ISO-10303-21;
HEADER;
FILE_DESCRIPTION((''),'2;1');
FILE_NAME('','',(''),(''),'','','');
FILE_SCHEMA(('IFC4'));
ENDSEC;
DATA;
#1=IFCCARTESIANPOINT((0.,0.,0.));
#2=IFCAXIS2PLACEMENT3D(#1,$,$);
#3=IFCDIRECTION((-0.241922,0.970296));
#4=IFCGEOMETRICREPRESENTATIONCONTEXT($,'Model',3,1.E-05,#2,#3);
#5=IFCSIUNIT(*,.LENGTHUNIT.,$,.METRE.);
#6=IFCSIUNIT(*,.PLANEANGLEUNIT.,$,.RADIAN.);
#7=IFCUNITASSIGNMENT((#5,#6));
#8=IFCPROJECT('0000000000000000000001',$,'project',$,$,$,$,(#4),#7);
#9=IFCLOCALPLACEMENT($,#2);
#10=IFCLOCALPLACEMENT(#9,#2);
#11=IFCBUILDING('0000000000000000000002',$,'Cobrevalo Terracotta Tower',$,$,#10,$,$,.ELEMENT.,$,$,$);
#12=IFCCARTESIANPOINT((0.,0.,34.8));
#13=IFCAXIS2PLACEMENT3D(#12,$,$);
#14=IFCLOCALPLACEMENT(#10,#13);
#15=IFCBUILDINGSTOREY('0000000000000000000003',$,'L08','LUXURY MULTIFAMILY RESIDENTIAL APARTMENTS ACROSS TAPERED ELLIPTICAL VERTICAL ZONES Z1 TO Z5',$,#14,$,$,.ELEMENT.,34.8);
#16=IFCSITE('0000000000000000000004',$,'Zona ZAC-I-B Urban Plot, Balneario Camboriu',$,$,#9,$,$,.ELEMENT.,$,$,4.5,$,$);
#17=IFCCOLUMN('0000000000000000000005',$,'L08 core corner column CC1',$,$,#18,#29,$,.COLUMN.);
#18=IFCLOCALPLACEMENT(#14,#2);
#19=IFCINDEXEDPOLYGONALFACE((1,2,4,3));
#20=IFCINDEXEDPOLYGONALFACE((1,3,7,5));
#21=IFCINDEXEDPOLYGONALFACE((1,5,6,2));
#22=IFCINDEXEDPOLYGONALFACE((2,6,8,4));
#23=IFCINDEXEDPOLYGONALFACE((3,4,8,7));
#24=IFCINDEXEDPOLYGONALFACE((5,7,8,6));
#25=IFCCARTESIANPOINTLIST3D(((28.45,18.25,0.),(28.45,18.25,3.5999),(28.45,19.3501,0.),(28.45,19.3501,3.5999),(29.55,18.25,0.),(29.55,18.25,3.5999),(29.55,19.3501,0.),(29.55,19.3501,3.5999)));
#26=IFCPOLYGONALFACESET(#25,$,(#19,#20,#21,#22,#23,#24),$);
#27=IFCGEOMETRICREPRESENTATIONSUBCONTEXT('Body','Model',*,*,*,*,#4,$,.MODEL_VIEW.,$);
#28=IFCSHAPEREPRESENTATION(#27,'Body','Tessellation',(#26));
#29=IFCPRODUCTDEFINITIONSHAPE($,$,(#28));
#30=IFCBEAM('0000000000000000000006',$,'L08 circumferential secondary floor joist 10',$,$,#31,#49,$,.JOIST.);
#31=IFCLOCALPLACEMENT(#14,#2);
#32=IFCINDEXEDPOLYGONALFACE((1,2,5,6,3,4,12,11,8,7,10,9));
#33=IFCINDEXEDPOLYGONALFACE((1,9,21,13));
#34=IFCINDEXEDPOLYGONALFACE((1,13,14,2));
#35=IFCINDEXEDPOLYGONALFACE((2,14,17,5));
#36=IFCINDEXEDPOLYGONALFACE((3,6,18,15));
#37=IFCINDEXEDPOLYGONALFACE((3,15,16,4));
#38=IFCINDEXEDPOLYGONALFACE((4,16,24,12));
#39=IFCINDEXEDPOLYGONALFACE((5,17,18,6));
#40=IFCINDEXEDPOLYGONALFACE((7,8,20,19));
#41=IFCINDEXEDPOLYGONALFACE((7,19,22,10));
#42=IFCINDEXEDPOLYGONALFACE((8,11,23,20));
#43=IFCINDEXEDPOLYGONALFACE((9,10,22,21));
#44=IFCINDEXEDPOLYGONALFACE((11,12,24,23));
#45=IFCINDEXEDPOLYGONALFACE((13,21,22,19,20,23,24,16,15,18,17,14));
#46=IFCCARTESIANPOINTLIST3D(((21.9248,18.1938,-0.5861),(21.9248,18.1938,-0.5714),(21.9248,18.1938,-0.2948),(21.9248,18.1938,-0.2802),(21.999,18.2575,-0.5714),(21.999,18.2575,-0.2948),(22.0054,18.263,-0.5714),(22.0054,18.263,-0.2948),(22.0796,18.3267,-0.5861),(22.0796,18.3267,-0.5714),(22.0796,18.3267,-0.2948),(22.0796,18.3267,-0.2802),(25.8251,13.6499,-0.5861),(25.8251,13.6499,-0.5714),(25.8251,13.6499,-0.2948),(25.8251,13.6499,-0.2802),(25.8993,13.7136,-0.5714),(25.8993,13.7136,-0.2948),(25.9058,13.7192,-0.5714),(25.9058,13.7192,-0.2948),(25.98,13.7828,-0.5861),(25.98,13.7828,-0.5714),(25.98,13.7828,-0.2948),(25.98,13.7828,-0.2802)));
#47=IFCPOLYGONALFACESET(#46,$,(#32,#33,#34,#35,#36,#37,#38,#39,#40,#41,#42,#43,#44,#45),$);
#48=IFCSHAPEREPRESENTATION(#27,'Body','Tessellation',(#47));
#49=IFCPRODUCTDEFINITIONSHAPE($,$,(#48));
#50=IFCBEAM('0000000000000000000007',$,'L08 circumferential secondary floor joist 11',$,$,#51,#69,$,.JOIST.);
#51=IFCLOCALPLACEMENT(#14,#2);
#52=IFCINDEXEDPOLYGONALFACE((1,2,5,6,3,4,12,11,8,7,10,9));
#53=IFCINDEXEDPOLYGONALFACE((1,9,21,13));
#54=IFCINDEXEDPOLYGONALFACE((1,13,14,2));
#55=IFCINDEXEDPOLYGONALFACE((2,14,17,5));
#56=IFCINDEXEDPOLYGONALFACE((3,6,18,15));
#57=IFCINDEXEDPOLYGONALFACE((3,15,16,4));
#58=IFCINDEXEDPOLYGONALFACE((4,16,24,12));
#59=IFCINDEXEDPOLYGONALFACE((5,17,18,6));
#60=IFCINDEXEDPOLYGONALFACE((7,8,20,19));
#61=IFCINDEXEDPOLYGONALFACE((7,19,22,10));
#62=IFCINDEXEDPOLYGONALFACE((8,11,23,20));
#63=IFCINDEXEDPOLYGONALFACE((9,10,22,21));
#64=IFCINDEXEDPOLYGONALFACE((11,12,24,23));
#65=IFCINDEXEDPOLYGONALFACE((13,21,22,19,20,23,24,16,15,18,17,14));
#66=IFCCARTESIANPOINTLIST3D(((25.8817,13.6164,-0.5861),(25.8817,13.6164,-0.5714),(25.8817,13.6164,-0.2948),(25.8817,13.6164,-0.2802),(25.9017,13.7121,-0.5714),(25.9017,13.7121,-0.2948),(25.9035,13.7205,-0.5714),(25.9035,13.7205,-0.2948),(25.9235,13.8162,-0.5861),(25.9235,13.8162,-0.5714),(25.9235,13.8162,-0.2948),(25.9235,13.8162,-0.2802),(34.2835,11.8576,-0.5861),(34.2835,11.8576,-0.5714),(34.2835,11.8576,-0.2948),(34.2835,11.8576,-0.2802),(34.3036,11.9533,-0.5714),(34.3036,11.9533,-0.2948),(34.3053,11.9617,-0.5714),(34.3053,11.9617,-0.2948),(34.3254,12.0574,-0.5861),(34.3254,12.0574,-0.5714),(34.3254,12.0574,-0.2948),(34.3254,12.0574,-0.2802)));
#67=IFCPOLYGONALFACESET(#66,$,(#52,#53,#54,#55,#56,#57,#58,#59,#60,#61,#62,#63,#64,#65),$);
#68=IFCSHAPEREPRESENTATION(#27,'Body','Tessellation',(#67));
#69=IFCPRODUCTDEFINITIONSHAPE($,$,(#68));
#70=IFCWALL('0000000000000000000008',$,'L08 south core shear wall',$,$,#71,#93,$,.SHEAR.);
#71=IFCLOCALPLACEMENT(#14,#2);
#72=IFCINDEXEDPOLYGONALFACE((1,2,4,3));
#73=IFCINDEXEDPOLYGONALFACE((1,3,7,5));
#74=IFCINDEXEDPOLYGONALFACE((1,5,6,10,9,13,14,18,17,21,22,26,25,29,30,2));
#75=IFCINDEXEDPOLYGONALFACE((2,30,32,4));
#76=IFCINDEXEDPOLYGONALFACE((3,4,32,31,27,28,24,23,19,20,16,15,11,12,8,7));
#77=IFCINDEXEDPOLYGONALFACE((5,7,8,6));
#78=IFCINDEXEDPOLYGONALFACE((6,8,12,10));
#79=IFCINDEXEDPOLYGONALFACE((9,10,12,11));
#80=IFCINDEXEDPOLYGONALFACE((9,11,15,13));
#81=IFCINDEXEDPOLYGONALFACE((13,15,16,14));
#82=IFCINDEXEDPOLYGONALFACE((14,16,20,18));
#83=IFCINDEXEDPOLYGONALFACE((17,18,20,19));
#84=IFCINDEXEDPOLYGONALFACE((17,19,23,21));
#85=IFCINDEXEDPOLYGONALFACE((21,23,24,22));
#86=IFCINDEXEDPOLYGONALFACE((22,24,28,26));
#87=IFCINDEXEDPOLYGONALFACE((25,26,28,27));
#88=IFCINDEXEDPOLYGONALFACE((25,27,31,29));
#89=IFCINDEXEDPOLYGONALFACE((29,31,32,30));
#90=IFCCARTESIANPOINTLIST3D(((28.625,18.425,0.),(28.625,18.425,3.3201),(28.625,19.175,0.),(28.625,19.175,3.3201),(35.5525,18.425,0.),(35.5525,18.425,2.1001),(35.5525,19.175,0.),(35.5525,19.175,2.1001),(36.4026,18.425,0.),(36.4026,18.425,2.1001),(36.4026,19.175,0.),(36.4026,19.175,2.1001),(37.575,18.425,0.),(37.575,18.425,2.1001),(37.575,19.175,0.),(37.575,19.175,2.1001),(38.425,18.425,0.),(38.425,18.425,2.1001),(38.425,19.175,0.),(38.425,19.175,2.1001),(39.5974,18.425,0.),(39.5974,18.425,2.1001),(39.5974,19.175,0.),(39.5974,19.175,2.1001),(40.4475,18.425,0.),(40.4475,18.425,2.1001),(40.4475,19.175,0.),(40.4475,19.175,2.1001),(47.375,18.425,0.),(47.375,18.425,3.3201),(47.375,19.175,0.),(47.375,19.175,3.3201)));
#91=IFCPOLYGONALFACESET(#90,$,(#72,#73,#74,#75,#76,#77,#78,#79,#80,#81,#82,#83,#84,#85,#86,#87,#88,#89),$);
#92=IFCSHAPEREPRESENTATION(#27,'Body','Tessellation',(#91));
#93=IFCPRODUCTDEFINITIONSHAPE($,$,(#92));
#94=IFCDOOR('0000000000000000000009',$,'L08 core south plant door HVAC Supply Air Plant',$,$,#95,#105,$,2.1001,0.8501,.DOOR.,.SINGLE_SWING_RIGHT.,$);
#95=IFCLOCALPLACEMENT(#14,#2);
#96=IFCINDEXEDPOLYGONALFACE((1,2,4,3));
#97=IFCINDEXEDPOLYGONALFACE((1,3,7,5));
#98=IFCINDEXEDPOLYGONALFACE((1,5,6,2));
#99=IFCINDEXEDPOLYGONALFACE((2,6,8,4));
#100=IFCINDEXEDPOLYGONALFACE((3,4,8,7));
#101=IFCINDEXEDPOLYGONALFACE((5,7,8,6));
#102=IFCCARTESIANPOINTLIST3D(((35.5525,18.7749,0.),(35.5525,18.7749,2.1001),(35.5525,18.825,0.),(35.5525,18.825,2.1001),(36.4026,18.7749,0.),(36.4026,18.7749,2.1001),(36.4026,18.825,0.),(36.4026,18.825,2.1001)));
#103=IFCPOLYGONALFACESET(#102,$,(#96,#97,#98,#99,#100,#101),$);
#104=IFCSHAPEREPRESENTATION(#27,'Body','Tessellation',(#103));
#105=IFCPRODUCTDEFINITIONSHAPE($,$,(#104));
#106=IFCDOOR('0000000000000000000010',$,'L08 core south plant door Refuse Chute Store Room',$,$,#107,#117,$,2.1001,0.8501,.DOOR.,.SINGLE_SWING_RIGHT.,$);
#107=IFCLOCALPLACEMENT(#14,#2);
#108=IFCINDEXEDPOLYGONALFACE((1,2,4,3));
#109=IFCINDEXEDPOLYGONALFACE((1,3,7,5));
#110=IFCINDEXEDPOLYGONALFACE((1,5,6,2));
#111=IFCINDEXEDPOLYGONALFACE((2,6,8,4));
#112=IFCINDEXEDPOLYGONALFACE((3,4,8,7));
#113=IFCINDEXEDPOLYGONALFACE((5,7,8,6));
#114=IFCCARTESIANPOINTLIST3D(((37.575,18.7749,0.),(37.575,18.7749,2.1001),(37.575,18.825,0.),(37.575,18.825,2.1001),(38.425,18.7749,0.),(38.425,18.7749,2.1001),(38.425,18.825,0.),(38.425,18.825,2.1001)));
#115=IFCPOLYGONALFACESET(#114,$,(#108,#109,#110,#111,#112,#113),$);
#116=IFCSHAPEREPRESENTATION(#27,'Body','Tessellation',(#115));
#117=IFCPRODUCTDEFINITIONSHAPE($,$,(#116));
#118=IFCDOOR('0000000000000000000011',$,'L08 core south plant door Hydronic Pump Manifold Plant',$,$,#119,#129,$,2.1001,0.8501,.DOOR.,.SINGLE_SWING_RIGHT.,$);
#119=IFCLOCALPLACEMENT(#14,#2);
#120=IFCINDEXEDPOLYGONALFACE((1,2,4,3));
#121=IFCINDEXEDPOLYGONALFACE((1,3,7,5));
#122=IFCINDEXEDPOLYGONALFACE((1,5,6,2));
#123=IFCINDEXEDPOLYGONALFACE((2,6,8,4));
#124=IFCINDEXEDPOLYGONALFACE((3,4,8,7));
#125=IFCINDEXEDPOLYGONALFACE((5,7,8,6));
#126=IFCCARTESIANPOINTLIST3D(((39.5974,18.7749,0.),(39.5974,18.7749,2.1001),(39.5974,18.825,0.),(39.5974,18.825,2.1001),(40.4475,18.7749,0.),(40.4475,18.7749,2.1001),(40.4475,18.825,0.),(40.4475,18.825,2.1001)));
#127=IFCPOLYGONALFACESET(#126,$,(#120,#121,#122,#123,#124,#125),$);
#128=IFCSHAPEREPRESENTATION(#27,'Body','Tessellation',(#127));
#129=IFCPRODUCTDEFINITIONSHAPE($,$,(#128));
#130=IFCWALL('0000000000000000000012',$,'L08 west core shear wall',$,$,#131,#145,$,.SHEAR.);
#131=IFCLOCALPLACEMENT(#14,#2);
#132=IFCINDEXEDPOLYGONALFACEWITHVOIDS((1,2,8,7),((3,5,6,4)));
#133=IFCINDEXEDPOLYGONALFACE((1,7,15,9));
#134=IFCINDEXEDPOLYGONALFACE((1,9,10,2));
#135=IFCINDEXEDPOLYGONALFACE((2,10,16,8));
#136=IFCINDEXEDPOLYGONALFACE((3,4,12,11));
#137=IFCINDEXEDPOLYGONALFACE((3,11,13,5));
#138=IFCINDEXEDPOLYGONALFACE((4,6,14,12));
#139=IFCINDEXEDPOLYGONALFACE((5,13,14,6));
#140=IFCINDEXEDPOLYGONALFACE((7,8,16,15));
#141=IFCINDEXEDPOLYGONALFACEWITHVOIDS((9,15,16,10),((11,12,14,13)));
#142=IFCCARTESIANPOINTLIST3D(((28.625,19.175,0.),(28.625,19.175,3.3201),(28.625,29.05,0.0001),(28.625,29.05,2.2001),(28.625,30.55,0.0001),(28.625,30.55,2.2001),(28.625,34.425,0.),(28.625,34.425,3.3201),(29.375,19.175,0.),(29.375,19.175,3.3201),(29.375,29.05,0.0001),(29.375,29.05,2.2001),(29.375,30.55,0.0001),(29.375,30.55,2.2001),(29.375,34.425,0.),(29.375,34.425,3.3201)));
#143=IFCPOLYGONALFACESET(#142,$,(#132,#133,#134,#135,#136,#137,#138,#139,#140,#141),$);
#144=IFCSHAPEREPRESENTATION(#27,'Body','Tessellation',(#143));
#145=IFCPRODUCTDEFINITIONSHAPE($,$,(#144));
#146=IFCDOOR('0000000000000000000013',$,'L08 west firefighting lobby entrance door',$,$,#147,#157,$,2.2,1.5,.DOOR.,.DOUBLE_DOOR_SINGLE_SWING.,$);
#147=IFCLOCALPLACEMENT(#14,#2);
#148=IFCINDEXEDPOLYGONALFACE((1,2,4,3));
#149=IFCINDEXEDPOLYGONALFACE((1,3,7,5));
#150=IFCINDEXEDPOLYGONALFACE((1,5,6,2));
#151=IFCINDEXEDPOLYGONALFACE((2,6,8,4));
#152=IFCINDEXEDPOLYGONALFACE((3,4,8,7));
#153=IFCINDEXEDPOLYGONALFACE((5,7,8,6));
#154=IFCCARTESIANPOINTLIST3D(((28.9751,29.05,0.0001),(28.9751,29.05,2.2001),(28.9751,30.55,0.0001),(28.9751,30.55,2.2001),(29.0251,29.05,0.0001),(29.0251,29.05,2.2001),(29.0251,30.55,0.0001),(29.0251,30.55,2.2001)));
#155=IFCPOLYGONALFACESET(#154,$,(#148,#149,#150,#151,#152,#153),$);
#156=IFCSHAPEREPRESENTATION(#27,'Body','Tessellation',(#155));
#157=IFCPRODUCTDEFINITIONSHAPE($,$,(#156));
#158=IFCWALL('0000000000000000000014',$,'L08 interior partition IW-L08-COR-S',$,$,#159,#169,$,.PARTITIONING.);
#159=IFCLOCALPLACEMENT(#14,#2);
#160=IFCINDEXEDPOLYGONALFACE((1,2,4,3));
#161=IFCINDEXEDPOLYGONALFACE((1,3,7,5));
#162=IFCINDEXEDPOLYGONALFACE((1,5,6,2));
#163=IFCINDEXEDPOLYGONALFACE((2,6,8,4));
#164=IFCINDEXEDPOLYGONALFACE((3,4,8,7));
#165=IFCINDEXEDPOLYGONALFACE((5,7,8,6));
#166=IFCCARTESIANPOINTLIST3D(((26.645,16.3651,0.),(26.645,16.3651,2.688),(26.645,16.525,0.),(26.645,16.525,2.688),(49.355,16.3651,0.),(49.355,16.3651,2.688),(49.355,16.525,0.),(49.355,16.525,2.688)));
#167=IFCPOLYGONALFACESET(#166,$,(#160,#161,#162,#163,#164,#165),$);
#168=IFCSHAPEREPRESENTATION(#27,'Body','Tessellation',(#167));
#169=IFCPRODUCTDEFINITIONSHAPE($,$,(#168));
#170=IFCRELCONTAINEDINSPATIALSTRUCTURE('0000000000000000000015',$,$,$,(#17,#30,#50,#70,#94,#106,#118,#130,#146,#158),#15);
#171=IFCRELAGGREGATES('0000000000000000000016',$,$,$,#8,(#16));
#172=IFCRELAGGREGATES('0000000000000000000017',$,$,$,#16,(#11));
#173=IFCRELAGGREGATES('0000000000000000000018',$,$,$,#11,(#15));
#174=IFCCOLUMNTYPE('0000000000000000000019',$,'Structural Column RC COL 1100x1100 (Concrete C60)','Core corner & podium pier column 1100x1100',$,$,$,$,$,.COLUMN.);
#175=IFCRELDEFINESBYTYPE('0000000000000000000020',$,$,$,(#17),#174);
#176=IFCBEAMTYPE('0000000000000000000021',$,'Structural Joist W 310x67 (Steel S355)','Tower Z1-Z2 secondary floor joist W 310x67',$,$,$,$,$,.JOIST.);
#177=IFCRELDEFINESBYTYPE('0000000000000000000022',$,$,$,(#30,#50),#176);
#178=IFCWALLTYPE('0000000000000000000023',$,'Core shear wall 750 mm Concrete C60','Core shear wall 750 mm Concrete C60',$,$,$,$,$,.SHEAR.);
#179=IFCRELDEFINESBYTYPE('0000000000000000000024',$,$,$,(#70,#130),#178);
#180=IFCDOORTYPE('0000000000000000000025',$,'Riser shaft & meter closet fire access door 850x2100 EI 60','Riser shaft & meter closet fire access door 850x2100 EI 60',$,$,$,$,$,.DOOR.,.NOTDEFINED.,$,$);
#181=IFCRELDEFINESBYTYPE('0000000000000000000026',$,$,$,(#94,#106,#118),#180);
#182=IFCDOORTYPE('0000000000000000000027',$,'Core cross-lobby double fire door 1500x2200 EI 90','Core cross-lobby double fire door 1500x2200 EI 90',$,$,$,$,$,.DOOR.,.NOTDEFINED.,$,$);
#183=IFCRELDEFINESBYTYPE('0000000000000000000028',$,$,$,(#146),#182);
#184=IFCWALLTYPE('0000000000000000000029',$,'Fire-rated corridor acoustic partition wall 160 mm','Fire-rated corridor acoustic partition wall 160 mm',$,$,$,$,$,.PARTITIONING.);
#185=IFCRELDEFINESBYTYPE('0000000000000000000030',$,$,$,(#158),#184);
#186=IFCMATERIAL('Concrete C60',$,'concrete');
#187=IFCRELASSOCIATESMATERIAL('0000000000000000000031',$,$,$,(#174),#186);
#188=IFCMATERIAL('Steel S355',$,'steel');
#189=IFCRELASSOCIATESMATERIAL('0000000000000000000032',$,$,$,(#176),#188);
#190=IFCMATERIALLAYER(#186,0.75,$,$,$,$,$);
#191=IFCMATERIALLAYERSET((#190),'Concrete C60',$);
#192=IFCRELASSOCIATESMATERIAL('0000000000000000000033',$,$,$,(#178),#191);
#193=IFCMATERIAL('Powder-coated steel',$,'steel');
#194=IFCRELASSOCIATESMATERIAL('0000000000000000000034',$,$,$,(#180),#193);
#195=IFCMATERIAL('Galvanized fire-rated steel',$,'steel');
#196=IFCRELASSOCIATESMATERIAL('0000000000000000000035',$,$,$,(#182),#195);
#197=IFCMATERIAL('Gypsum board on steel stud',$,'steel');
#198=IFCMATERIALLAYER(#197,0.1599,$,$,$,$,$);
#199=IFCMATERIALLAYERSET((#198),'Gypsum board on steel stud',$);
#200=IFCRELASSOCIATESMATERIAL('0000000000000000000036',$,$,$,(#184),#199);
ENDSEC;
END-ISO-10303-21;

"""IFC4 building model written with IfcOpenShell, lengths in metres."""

from ifc_helpers import new_model, si_unit, direction, frame, frame_2d, origin, origin_2d, place, context, subcontext, project, spatial, rectangle, i_section, extrude, source, transform, mapped, material, layer, layer_set, material_profile, profile_set, type_object, element, fill, save


model = new_model("IFC4")

# Units and contexts
model_context = context("Model", 3, precision=1e-05, world=origin(), true_north=direction((-0.241922, 0.970296)))
body_context = subcontext(model_context, "Body", "Model", "MODEL_VIEW")
ifc_project = project(units=[si_unit("LENGTHUNIT", "METRE"), si_unit("PLANEANGLEUNIT", "RADIAN")], contexts=[model_context])

# Site, building, storey
site_placement = place(None, origin())
site = spatial("IfcSite", under=ifc_project, at=site_placement, Name="Zona ZAC-I-B Urban Plot, Balneario Camboriu", CompositionType="ELEMENT", RefElevation=4.5)
building_placement = place(site_placement, origin())
building = spatial("IfcBuilding", under=site, at=building_placement, Name="Cobrevalo Terracotta Tower", CompositionType="ELEMENT")
storey_placement = place(building_placement, frame((0.0, 0.0, 34.8)))
storey = spatial("IfcBuildingStorey", under=building, at=storey_placement, Name="L08", Description="LUXURY MULTIFAMILY RESIDENTIAL APARTMENTS ACROSS TAPERED ELLIPTICAL VERTICAL ZONES Z1 TO Z5", CompositionType="ELEMENT", Elevation=34.8)

# Column
ifc_material_1 = material(Name="Concrete C60", Category="concrete")
ifc_material_profile_1 = material_profile(ifc_material_1, rectangle(XDim=1.1001, YDim=1.1001, at=origin_2d()), Name="RC COL 1100x1100")
ifc_profile_set_1 = profile_set([ifc_material_profile_1], Name="Concrete C60")
column_type = type_object("IfcColumnType", Name="Structural Column RC COL 1100x1100 (Concrete C60)", Description="Core corner & podium pier column 1100x1100", PredefinedType="COLUMN", material=ifc_profile_set_1)
column_placement = place(storey_placement, frame((29.0, 18.8, 0.0), z_axis=(0.0, 0.0, 1.0), x_axis=(1.0, 0.0, 0.0)))
element("IfcColumn", 1, at=column_placement, inside=storey, type_object=column_type, Name="L08 core corner column CC1", PredefinedType="COLUMN", context=body_context, shape_type="SweptSolid", body=[
    extrude(rectangle(XDim=1.1001, YDim=1.1001, at=origin_2d()), origin(), (0.0, 0.0, 1.0), 3.5999),
])

# Beams
ifc_material_2 = material(Name="Steel S355", Category="steel")
ifc_material_profile_2 = material_profile(ifc_material_2, i_section(OverallWidth=0.2041, OverallDepth=0.3059, WebThickness=0.0085, FlangeThickness=0.0146, at=origin_2d()), Name="W 310x67")
ifc_profile_set_2 = profile_set([ifc_material_profile_2], Name="Steel S355")
beam_type = type_object("IfcBeamType", Name="Structural Joist W 310x67 (Steel S355)", Description="Tower Z1-Z2 secondary floor joist W 310x67", PredefinedType="JOIST", material=ifc_profile_set_2)
beam_1_placement = place(storey_placement, frame((22.0022, 18.2603, -0.4331), z_axis=(0.651328, -0.758796, 0.0), x_axis=(0.758796, 0.651328, 0.0)))
element("IfcBeam", 2, at=beam_1_placement, inside=storey, type_object=beam_type, Name="L08 circumferential secondary floor joist 10", PredefinedType="JOIST", context=body_context, shape_type="SweptSolid", body=[
    extrude(i_section(OverallWidth=0.2041, OverallDepth=0.3059, WebThickness=0.0085, FlangeThickness=0.0146, at=origin_2d()), origin(), (0.0, 0.0, 1.0), 5.9883),
])
beam_2_placement = place(storey_placement, frame((25.9026, 13.7163, -0.4331), z_axis=(0.978785, -0.204892, 0.0), x_axis=(0.204892, 0.978785, 0.0)))
element("IfcBeam", 3, at=beam_2_placement, inside=storey, type_object=beam_type, Name="L08 circumferential secondary floor joist 11", PredefinedType="JOIST", context=body_context, shape_type="SweptSolid", body=[
    extrude(i_section(OverallWidth=0.2041, OverallDepth=0.3059, WebThickness=0.0085, FlangeThickness=0.0146, at=origin_2d()), origin(), (0.0, 0.0, 1.0), 8.584),
])

# Wall, openings, doors
ifc_layer_1 = layer(ifc_material_1, 0.75)
ifc_layer_set_1 = layer_set([ifc_layer_1], Name="Concrete C60")
wall_type_1 = type_object("IfcWallType", Name="Core shear wall 750 mm Concrete C60", Description="Core shear wall 750 mm Concrete C60", PredefinedType="SHEAR", material=ifc_layer_set_1)
wall_1_placement = place(storey_placement, frame((28.625, 18.8, 0.0), z_axis=(0.0, 0.0, 1.0), x_axis=(1.0, 0.0, 0.0)))
wall_1 = element("IfcWall", 4, at=wall_1_placement, inside=storey, type_object=wall_type_1, Name="L08 south core shear wall", PredefinedType="SHEAR", context=body_context, shape_type="SweptSolid", body=[
    extrude(rectangle(XDim=18.75, YDim=0.75, at=frame_2d((9.375, 0.0))), origin(), (0.0, 0.0, 1.0), 3.3201),
])
opening_1_placement = place(wall_1_placement, frame((6.9275, 0.0, 0.0)))
opening_1 = element("IfcOpeningElement", 5, at=opening_1_placement, cuts=wall_1, PredefinedType="OPENING", context=body_context, shape_type="SweptSolid", body=[
    extrude(rectangle(XDim=0.8501, YDim=2.1001, at=frame_2d((0.425, 1.05))), frame((0.0, 0.385, 0.0), z_axis=(0.0, -1.0, 0.0), x_axis=(1.0, 0.0, 0.0)), (0.0, 0.0, 1.0), 0.77),
])
opening_2_placement = place(wall_1_placement, frame((8.95, 0.0, 0.0)))
opening_2 = element("IfcOpeningElement", 6, at=opening_2_placement, cuts=wall_1, PredefinedType="OPENING", context=body_context, shape_type="SweptSolid", body=[
    extrude(rectangle(XDim=0.8501, YDim=2.1001, at=frame_2d((0.425, 1.05))), frame((0.0, 0.385, 0.0), z_axis=(0.0, -1.0, 0.0), x_axis=(1.0, 0.0, 0.0)), (0.0, 0.0, 1.0), 0.77),
])
opening_3_placement = place(wall_1_placement, frame((10.9724, 0.0, 0.0)))
opening_3 = element("IfcOpeningElement", 7, at=opening_3_placement, cuts=wall_1, PredefinedType="OPENING", context=body_context, shape_type="SweptSolid", body=[
    extrude(rectangle(XDim=0.8501, YDim=2.1001, at=frame_2d((0.425, 1.05))), frame((0.0, 0.385, 0.0), z_axis=(0.0, -1.0, 0.0), x_axis=(1.0, 0.0, 0.0)), (0.0, 0.0, 1.0), 0.77),
])
ifc_material_3 = material(Name="Powder-coated steel", Category="steel")
door_type_1 = type_object("IfcDoorType", Name="Riser shaft & meter closet fire access door 850x2100 EI 60", Description="Riser shaft & meter closet fire access door 850x2100 EI 60", OperationType="NOTDEFINED", PredefinedType="DOOR", material=ifc_material_3)
shared_shape_1 = source(origin(), body_context, "Body", "SweptSolid", [
    extrude(rectangle(XDim=0.8501, YDim=2.1001, at=frame_2d((0.425, 1.05))), frame((0.0, 0.0249, 0.0), z_axis=(0.0, -1.0, 0.0), x_axis=(1.0, 0.0, 0.0)), (0.0, 0.0, 1.0), 0.05),
])
door_1_placement = place(opening_1_placement, origin())
door_1 = element("IfcDoor", 8, at=door_1_placement, inside=storey, type_object=door_type_1, Name="L08 core south plant door HVAC Supply Air Plant", OperationType="SINGLE_SWING_RIGHT", OverallHeight=2.1001, OverallWidth=0.8501, PredefinedType="DOOR", context=body_context, shape_type="MappedRepresentation", body=[
    mapped(shared_shape_1, transform((0.0, 0.0, 0.0), scale=1.0)),
])
fill(opening_1, door_1)
door_2_placement = place(opening_2_placement, origin())
door_2 = element("IfcDoor", 9, at=door_2_placement, inside=storey, type_object=door_type_1, Name="L08 core south plant door Refuse Chute Store Room", OperationType="SINGLE_SWING_RIGHT", OverallHeight=2.1001, OverallWidth=0.8501, PredefinedType="DOOR", context=body_context, shape_type="MappedRepresentation", body=[
    mapped(shared_shape_1, transform((0.0, 0.0, 0.0), scale=1.0)),
])
fill(opening_2, door_2)
door_3_placement = place(opening_3_placement, origin())
door_3 = element("IfcDoor", 10, at=door_3_placement, inside=storey, type_object=door_type_1, Name="L08 core south plant door Hydronic Pump Manifold Plant", OperationType="SINGLE_SWING_RIGHT", OverallHeight=2.1001, OverallWidth=0.8501, PredefinedType="DOOR", context=body_context, shape_type="MappedRepresentation", body=[
    mapped(shared_shape_1, transform((0.0, 0.0, 0.0), scale=1.0)),
])
fill(opening_3, door_3)

# Wall, opening, door
wall_2_placement = place(storey_placement, frame((29.0, 19.175, 0.0), z_axis=(0.0, 0.0, 1.0), x_axis=(0.0, 1.0, 0.0)))
wall_2 = element("IfcWall", 11, at=wall_2_placement, inside=storey, type_object=wall_type_1, Name="L08 west core shear wall", PredefinedType="SHEAR", context=body_context, shape_type="SweptSolid", body=[
    extrude(rectangle(XDim=15.25, YDim=0.75, at=frame_2d((7.625, 0.0))), origin(), (0.0, 0.0, 1.0), 3.3201),
])
opening_4_placement = place(wall_2_placement, frame((9.875, 0.0, 0.0)))
opening_4 = element("IfcOpeningElement", 12, at=opening_4_placement, cuts=wall_2, PredefinedType="OPENING", context=body_context, shape_type="SweptSolid", body=[
    extrude(rectangle(XDim=1.5, YDim=2.2, at=frame_2d((0.75, 1.1001))), frame((0.0, 0.385, 0.0), z_axis=(0.0, -1.0, 0.0), x_axis=(1.0, 0.0, 0.0)), (0.0, 0.0, 1.0), 0.77),
])
ifc_material_4 = material(Name="Galvanized fire-rated steel", Category="steel")
door_type_2 = type_object("IfcDoorType", Name="Core cross-lobby double fire door 1500x2200 EI 90", Description="Core cross-lobby double fire door 1500x2200 EI 90", OperationType="NOTDEFINED", PredefinedType="DOOR", material=ifc_material_4)
shared_shape_2 = source(origin(), body_context, "Body", "SweptSolid", [
    extrude(rectangle(XDim=1.5, YDim=2.2, at=frame_2d((0.75, 1.1001))), frame((0.0, 0.0249, 0.0), z_axis=(0.0, -1.0, 0.0), x_axis=(1.0, 0.0, 0.0)), (0.0, 0.0, 1.0), 0.05),
])
door_4_placement = place(opening_4_placement, origin())
door_4 = element("IfcDoor", 13, at=door_4_placement, inside=storey, type_object=door_type_2, Name="L08 west firefighting lobby entrance door", OperationType="DOUBLE_DOOR_SINGLE_SWING", OverallHeight=2.2, OverallWidth=1.5, PredefinedType="DOOR", context=body_context, shape_type="MappedRepresentation", body=[
    mapped(shared_shape_2, transform((0.0, 0.0, 0.0), scale=1.0)),
])
fill(opening_4, door_4)

# Wall
ifc_material_5 = material(Name="Gypsum board on steel stud", Category="steel")
ifc_layer_2 = layer(ifc_material_5, 0.1599)
ifc_layer_set_2 = layer_set([ifc_layer_2], Name="Gypsum board on steel stud")
wall_type_2 = type_object("IfcWallType", Name="Fire-rated corridor acoustic partition wall 160 mm", Description="Fire-rated corridor acoustic partition wall 160 mm", PredefinedType="PARTITIONING", material=ifc_layer_set_2)
wall_3_placement = place(storey_placement, frame((26.645, 16.4451, 0.0), z_axis=(0.0, 0.0, 1.0), x_axis=(1.0, 0.0, 0.0)))
element("IfcWall", 14, at=wall_3_placement, inside=storey, type_object=wall_type_2, Name="L08 interior partition IW-L08-COR-S", PredefinedType="PARTITIONING", context=body_context, shape_type="SweptSolid", body=[
    extrude(rectangle(XDim=22.71, YDim=0.1599, at=frame_2d((11.355, 0.0))), origin(), (0.0, 0.0, 1.0), 2.688),
])

save(model, "model.ifc")
